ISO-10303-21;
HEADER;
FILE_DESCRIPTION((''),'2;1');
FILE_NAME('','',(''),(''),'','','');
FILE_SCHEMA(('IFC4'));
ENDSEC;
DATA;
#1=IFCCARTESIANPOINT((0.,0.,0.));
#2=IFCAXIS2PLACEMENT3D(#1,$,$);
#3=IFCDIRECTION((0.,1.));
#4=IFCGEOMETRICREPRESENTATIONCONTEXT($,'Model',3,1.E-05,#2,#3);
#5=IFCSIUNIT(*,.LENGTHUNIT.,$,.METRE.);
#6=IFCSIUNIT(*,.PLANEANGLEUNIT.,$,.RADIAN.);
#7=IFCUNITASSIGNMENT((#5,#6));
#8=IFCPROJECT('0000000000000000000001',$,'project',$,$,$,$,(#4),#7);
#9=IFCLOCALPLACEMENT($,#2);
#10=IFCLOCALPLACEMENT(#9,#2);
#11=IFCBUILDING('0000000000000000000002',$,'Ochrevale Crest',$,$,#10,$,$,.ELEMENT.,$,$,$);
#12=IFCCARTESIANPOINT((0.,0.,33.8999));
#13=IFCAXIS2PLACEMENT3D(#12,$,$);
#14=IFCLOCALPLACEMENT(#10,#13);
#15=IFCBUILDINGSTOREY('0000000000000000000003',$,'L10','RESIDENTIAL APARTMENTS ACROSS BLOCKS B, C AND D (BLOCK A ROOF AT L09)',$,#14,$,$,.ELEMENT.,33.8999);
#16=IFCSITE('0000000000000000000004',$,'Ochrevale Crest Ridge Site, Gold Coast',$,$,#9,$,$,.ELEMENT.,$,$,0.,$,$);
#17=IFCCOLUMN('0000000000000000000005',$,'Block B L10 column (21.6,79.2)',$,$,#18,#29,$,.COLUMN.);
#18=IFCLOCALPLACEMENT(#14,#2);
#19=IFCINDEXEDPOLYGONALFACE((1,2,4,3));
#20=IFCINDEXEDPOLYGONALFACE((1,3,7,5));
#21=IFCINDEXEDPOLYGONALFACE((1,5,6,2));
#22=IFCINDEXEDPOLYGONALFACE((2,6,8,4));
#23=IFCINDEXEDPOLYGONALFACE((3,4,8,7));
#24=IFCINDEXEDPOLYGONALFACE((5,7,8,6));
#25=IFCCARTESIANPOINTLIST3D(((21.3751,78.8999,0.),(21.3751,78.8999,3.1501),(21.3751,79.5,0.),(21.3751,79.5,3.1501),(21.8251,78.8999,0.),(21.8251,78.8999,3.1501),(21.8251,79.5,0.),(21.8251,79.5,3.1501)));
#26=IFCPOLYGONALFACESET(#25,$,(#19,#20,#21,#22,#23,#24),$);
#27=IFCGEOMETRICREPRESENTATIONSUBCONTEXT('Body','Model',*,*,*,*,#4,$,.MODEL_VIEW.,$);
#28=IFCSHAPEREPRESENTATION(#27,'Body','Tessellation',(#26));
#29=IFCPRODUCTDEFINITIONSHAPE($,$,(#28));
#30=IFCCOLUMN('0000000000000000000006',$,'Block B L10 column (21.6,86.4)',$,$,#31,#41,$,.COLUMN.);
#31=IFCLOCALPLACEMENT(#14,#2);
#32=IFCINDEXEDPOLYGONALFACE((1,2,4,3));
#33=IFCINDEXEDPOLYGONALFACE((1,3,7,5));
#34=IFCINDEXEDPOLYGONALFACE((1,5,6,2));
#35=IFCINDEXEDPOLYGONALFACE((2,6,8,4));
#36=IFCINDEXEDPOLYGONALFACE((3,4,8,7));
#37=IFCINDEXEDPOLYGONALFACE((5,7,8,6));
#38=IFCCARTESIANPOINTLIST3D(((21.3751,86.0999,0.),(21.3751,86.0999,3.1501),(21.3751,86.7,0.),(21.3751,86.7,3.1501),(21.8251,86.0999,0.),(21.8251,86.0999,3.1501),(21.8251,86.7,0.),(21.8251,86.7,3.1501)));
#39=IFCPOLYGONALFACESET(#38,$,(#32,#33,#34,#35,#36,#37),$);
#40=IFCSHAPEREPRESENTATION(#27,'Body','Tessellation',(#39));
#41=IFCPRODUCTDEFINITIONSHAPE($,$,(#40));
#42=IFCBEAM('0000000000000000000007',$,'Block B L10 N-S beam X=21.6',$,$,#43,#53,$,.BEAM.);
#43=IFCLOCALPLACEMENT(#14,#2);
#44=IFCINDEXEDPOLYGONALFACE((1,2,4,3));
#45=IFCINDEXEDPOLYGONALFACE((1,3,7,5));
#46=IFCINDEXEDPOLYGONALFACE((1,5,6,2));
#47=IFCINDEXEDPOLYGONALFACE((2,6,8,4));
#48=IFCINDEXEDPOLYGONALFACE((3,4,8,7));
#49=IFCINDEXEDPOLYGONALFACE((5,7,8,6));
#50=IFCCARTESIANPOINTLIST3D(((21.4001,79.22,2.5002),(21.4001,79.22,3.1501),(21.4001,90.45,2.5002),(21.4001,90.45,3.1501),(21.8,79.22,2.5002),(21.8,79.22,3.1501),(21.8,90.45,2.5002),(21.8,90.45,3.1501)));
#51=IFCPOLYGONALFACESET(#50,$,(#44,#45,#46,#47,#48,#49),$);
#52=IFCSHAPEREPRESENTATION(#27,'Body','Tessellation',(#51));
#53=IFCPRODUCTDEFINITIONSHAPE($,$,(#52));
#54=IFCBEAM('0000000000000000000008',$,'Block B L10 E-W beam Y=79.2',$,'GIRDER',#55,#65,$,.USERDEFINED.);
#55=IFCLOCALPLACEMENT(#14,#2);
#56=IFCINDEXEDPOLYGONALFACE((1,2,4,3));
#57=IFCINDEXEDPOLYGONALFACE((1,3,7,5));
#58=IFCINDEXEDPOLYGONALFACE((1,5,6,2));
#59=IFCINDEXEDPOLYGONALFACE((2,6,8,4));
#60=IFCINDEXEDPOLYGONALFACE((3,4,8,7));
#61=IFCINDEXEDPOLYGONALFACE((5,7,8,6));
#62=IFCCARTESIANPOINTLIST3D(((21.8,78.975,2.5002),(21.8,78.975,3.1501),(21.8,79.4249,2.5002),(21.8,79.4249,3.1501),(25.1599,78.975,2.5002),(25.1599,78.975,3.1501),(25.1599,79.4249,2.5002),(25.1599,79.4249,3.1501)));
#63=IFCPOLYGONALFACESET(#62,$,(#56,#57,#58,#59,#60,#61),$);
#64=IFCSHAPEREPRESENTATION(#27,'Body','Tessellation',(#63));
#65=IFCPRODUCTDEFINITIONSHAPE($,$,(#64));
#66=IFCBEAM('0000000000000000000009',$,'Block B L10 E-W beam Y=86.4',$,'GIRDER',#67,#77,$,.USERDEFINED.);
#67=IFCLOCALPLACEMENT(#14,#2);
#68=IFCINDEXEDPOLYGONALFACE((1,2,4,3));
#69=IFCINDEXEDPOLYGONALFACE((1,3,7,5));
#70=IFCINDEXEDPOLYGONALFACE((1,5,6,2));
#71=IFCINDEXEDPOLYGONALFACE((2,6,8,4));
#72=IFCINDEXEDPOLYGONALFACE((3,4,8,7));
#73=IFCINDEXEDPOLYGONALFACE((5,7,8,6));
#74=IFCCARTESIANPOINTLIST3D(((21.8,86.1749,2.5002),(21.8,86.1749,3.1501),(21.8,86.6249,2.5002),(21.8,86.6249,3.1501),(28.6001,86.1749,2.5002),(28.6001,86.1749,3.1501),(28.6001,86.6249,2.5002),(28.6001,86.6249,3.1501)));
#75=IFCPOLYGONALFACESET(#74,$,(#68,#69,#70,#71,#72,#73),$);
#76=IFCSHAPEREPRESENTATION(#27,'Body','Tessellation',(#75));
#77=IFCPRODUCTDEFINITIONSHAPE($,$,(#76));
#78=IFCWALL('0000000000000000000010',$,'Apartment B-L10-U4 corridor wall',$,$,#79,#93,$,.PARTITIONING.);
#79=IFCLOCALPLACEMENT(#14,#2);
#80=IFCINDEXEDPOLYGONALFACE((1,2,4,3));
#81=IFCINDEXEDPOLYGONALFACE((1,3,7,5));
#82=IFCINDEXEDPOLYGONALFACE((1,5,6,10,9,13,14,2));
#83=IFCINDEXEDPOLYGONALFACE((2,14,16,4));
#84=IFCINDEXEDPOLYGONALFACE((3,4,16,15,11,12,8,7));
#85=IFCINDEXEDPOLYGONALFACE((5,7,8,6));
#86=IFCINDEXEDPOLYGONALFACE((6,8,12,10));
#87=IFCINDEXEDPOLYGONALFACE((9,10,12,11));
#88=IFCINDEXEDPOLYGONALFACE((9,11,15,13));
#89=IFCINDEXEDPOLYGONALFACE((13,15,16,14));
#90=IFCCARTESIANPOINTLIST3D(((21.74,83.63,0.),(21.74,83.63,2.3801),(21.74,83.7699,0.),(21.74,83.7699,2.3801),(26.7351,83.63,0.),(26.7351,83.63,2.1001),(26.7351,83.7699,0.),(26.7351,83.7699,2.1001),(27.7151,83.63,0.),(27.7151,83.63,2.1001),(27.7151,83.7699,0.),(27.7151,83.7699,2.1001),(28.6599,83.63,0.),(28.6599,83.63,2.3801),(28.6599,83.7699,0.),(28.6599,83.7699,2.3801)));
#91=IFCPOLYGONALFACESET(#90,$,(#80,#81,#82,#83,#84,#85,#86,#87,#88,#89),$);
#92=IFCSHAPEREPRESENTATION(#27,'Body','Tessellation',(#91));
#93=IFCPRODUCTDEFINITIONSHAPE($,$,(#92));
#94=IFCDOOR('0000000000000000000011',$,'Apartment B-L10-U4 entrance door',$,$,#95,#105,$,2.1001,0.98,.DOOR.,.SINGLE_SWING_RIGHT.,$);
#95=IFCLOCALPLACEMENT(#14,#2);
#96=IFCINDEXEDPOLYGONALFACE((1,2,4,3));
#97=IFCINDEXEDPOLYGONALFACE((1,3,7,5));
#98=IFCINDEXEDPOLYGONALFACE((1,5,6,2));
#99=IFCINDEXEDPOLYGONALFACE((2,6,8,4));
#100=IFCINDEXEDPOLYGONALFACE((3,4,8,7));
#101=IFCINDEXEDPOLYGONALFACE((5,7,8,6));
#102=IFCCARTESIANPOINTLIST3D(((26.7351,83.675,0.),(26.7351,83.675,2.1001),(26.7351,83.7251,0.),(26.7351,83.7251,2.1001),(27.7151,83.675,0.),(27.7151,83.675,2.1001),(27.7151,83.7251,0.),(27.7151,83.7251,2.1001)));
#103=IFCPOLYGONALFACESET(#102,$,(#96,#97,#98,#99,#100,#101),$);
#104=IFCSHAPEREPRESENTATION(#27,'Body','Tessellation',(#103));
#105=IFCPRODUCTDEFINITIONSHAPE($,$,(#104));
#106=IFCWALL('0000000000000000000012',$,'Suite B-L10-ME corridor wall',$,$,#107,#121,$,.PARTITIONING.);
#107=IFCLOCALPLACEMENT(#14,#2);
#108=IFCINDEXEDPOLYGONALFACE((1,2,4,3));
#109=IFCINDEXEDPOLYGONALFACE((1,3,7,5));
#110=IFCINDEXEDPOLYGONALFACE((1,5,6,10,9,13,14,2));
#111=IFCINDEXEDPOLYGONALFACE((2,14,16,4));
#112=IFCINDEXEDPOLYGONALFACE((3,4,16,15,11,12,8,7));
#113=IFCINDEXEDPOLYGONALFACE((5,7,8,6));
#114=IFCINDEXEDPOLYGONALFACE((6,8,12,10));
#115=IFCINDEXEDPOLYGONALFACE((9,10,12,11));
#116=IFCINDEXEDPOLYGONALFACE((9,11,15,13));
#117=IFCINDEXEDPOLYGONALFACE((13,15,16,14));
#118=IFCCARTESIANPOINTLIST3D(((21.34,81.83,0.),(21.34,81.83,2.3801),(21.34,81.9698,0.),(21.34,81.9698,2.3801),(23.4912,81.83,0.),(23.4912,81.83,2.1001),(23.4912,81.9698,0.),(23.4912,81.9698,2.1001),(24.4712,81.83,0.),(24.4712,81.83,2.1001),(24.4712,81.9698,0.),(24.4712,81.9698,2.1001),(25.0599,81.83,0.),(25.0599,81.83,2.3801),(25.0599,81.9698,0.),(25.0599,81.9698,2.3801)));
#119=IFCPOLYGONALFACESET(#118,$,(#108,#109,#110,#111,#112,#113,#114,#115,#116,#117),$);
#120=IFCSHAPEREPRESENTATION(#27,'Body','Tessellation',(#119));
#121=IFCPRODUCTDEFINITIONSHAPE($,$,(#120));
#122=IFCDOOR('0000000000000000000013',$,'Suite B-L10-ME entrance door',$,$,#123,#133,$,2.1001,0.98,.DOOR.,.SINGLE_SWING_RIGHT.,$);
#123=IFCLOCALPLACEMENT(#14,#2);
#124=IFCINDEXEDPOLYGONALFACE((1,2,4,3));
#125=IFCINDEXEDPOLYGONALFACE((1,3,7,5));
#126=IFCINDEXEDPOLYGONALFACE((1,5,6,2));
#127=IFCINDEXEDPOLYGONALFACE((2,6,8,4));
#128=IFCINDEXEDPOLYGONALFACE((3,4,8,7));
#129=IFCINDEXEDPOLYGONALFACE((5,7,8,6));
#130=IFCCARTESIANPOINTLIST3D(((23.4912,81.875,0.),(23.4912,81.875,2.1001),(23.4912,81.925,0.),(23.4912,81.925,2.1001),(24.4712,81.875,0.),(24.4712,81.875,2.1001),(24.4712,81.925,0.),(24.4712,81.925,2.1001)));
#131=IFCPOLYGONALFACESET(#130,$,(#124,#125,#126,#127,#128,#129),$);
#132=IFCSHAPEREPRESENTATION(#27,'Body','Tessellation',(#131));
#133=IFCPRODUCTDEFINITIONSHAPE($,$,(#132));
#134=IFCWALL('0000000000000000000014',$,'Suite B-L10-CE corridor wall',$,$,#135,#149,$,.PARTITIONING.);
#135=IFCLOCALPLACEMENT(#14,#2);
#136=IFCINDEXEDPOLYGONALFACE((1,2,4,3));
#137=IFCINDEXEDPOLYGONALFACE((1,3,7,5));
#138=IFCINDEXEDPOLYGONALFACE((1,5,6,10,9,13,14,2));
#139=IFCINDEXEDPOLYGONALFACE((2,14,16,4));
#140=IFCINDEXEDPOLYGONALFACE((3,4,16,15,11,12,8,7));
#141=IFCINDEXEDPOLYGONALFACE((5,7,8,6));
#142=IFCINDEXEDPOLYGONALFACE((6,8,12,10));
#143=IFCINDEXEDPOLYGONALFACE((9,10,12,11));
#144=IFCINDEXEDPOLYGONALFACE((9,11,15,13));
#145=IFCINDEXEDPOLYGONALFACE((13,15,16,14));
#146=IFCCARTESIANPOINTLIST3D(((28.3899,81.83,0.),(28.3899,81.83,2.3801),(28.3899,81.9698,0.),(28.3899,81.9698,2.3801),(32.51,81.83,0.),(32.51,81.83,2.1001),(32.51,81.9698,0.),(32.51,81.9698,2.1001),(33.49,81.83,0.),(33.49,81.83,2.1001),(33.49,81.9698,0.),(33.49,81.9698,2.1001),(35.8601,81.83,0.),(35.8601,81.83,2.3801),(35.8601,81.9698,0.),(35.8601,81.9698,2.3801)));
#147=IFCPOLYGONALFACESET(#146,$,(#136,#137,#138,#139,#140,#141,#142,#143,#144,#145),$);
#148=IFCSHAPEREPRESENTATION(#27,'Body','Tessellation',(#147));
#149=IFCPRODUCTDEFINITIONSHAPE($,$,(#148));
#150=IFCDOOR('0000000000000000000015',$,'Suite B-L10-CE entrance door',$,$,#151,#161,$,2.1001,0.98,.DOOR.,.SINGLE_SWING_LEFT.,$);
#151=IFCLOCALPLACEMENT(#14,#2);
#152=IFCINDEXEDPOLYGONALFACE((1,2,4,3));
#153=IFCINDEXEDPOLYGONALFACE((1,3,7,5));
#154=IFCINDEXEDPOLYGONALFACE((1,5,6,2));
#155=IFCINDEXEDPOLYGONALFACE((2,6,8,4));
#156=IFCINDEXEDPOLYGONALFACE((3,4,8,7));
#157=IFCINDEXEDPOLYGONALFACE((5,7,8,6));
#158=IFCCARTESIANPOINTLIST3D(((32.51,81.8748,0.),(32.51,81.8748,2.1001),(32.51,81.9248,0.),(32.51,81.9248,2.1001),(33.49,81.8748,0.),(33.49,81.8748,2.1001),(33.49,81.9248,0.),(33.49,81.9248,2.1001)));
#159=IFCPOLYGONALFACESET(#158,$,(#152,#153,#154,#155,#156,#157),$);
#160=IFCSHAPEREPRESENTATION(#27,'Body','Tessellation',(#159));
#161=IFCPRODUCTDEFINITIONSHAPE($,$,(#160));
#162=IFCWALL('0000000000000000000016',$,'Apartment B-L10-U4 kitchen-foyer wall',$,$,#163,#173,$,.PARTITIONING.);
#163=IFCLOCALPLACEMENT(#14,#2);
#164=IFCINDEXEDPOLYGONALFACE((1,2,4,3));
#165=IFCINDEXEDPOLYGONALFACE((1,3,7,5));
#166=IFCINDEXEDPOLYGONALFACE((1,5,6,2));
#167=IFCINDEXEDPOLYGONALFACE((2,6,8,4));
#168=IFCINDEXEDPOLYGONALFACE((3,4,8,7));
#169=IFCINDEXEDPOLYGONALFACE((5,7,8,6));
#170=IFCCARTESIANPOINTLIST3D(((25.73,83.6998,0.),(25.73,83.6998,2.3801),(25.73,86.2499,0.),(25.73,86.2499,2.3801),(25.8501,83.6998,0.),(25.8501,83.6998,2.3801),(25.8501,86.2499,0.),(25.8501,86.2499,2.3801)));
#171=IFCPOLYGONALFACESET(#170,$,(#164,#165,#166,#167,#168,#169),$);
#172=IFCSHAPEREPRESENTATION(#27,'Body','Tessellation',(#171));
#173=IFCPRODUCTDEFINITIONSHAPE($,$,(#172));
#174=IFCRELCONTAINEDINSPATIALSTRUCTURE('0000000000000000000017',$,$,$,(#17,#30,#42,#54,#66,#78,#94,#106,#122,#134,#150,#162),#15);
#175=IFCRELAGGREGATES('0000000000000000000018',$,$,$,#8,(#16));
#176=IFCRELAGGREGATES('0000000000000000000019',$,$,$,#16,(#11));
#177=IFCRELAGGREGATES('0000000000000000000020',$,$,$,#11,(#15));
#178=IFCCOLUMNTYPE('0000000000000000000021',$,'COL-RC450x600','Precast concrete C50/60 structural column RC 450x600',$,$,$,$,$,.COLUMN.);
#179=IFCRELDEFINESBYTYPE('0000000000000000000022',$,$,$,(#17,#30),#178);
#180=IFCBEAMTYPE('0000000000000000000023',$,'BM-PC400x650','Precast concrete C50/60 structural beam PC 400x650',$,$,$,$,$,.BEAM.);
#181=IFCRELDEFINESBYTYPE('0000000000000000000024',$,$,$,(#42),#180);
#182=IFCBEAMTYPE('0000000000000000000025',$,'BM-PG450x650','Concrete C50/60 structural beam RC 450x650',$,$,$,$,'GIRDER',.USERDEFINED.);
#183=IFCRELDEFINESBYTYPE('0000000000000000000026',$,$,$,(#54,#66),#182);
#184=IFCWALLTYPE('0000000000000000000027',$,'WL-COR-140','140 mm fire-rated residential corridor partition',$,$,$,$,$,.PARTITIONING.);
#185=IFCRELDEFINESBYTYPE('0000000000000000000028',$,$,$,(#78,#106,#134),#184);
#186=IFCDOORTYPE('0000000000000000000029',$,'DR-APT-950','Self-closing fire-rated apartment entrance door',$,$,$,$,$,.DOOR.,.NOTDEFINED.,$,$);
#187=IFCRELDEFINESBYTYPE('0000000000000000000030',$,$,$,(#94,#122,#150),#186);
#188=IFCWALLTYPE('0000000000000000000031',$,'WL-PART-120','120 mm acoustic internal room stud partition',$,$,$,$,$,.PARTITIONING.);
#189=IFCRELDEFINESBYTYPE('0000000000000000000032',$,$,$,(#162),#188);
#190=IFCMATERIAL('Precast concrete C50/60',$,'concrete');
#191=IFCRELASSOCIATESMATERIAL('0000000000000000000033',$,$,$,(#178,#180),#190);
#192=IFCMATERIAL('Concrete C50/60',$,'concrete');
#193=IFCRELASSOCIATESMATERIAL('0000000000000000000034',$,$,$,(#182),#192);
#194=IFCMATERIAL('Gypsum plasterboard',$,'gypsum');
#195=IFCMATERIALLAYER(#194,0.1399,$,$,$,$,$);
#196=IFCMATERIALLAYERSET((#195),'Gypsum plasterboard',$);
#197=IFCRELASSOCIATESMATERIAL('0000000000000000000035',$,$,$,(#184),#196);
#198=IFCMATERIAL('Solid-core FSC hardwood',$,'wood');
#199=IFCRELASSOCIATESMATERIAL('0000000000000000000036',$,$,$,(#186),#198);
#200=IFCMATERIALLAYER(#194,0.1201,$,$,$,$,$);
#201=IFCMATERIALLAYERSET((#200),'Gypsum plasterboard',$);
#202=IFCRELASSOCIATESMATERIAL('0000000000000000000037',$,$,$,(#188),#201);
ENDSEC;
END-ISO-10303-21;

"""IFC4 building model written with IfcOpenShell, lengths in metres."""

from ifc_helpers import new_model, si_unit, direction, frame, frame_2d, origin, origin_2d, place, context, subcontext, project, spatial, rectangle, extrude, material, layer, layer_set, material_profile, profile_set, type_object, element, fill, save


model = new_model("IFC4")

# Units and contexts
model_context = context("Model", 3, precision=1e-05, world=origin(), true_north=direction((0.0, 1.0)))
body_context = subcontext(model_context, "Body", "Model", "MODEL_VIEW")
ifc_project = project(units=[si_unit("LENGTHUNIT", "METRE"), si_unit("PLANEANGLEUNIT", "RADIAN")], contexts=[model_context])

# Site, building, storey
site_placement = place(None, origin())
site = spatial("IfcSite", under=ifc_project, at=site_placement, Name="Ochrevale Crest Ridge Site, Gold Coast", CompositionType="ELEMENT", RefElevation=0.0)
building_placement = place(site_placement, origin())
building = spatial("IfcBuilding", under=site, at=building_placement, Name="Ochrevale Crest", CompositionType="ELEMENT")
storey_placement = place(building_placement, frame((0.0, 0.0, 33.8999)))
storey = spatial("IfcBuildingStorey", under=building, at=storey_placement, Name="L10", Description="RESIDENTIAL APARTMENTS ACROSS BLOCKS B, C AND D (BLOCK A ROOF AT L09)", CompositionType="ELEMENT", Elevation=33.8999)

# Columns
ifc_material_1 = material(Name="Precast concrete C50/60", Category="concrete")
ifc_material_profile_1 = material_profile(ifc_material_1, rectangle(XDim=0.45, YDim=0.6001, at=origin_2d()), Name="RC 450x600")
ifc_profile_set_1 = profile_set([ifc_material_profile_1], Name="Precast concrete C50/60")
column_type = type_object("IfcColumnType", Name="COL-RC450x600", Description="Precast concrete C50/60 structural column RC 450x600", PredefinedType="COLUMN", material=ifc_profile_set_1)
for number, where, z_axis, x_axis, name in (
    (1, (21.6001, 79.2, 0.0), (0.0, 0.0, 1.0), (1.0, 0.0, 0.0), "Block B L10 column (21.6,79.2)"),
    (2, (21.6001, 86.3999, 0.0), (0.0, 0.0, 1.0), (1.0, 0.0, 0.0), "Block B L10 column (21.6,86.4)"),
):
    element("IfcColumn", number, at=place(storey_placement, frame(where, z_axis=z_axis, x_axis=x_axis)), inside=storey, type_object=column_type, Name=name, PredefinedType="COLUMN", context=body_context, shape_type="SweptSolid", body=[
        extrude(rectangle(XDim=0.45, YDim=0.6001, at=origin_2d()), origin(), (0.0, 0.0, 1.0), 3.1501),
    ])

# Beams
ifc_material_profile_2 = material_profile(ifc_material_1, rectangle(XDim=0.3999, YDim=0.6499, at=origin_2d()), Name="PC 400x650")
ifc_profile_set_2 = profile_set([ifc_material_profile_2], Name="Precast concrete C50/60")
beam_type_1 = type_object("IfcBeamType", Name="BM-PC400x650", Description="Precast concrete C50/60 structural beam PC 400x650", PredefinedType="BEAM", material=ifc_profile_set_2)
beam_1_placement = place(storey_placement, frame((21.6001, 79.22, 2.8252), z_axis=(0.0, 1.0, 0.0), x_axis=(-1.0, 0.0, 0.0)))
element("IfcBeam", 3, at=beam_1_placement, inside=storey, type_object=beam_type_1, Name="Block B L10 N-S beam X=21.6", PredefinedType="BEAM", context=body_context, shape_type="SweptSolid", body=[
    extrude(rectangle(XDim=0.3999, YDim=0.6499, at=origin_2d()), origin(), (0.0, 0.0, 1.0), 11.23),
])
ifc_material_2 = material(Name="Concrete C50/60", Category="concrete")
ifc_material_profile_3 = material_profile(ifc_material_2, rectangle(XDim=0.45, YDim=0.6499, at=origin_2d()), Name="RC 450x650")
ifc_profile_set_3 = profile_set([ifc_material_profile_3], Name="Concrete C50/60")
beam_type_2 = type_object("IfcBeamType", Name="BM-PG450x650", Description="Concrete C50/60 structural beam RC 450x650", ElementType="GIRDER", PredefinedType="USERDEFINED", material=ifc_profile_set_3)
beam_2_placement = place(storey_placement, frame((21.8, 79.2, 2.8252), z_axis=(1.0, 0.0, 0.0), x_axis=(0.0, 1.0, 0.0)))
element("IfcBeam", 4, at=beam_2_placement, inside=storey, type_object=beam_type_2, Name="Block B L10 E-W beam Y=79.2", ObjectType="GIRDER", PredefinedType="USERDEFINED", context=body_context, shape_type="SweptSolid", body=[
    extrude(rectangle(XDim=0.45, YDim=0.6499, at=origin_2d()), origin(), (0.0, 0.0, 1.0), 3.3599),
])
beam_3_placement = place(storey_placement, frame((21.8, 86.3999, 2.8252), z_axis=(1.0, 0.0, 0.0), x_axis=(0.0, 1.0, 0.0)))
element("IfcBeam", 5, at=beam_3_placement, inside=storey, type_object=beam_type_2, Name="Block B L10 E-W beam Y=86.4", ObjectType="GIRDER", PredefinedType="USERDEFINED", context=body_context, shape_type="SweptSolid", body=[
    extrude(rectangle(XDim=0.45, YDim=0.6499, at=origin_2d()), origin(), (0.0, 0.0, 1.0), 6.8),
])

# Walls, openings, doors
ifc_material_3 = material(Name="Gypsum plasterboard", Category="gypsum")
ifc_layer_1 = layer(ifc_material_3, 0.1399)
ifc_layer_set_1 = layer_set([ifc_layer_1], Name="Gypsum plasterboard")
wall_type_1 = type_object("IfcWallType", Name="WL-COR-140", Description="140 mm fire-rated residential corridor partition", PredefinedType="PARTITIONING", material=ifc_layer_set_1)
wall_1_placement = place(storey_placement, frame((21.74, 83.7, 0.0), z_axis=(0.0, 0.0, 1.0), x_axis=(1.0, 0.0, 0.0)))
wall_1 = element("IfcWall", 6, at=wall_1_placement, inside=storey, type_object=wall_type_1, Name="Apartment B-L10-U4 corridor wall", PredefinedType="PARTITIONING", context=body_context, shape_type="SweptSolid", body=[
    extrude(rectangle(XDim=6.9199, YDim=0.1399, at=frame_2d((3.46, 0.0))), origin(), (0.0, 0.0, 1.0), 2.3801),
])
opening_1_placement = place(wall_1_placement, frame((5.9751, 0.0, 0.0), z_axis=(0.0, 0.0, 1.0), x_axis=(-1.0, 0.0, 0.0)))
opening_1 = element("IfcOpeningElement", 7, at=opening_1_placement, cuts=wall_1, PredefinedType="OPENING", context=body_context, shape_type="SweptSolid", body=[
    extrude(rectangle(XDim=0.98, YDim=2.1001, at=frame_2d((0.49, 1.05))), frame((0.0, 0.0801, 0.0), z_axis=(0.0, -1.0, 0.0), x_axis=(1.0, 0.0, 0.0)), (0.0, 0.0, 1.0), 0.1599),
])
ifc_material_4 = material(Name="Solid-core FSC hardwood", Category="wood")
door_type_1 = type_object("IfcDoorType", Name="DR-APT-950", Description="Self-closing fire-rated apartment entrance door", OperationType="NOTDEFINED", PredefinedType="DOOR", material=ifc_material_4)
door_1_placement = place(opening_1_placement, origin())
door_1 = element("IfcDoor", 8, at=door_1_placement, inside=storey, type_object=door_type_1, Name="Apartment B-L10-U4 entrance door", OperationType="SINGLE_SWING_RIGHT", OverallHeight=2.1001, OverallWidth=0.98, PredefinedType="DOOR", context=body_context, shape_type="SweptSolid", body=[
    extrude(rectangle(XDim=0.98, YDim=2.1001, at=frame_2d((0.49, 1.05))), frame((0.0, 0.0249, 0.0), z_axis=(0.0, -1.0, 0.0), x_axis=(1.0, 0.0, 0.0)), (0.0, 0.0, 1.0), 0.05),
])
fill(opening_1, door_1)
wall_2_placement = place(storey_placement, frame((21.3401, 81.8999, 0.0), z_axis=(0.0, 0.0, 1.0), x_axis=(1.0, 0.0, 0.0)))
wall_2 = element("IfcWall", 9, at=wall_2_placement, inside=storey, type_object=wall_type_1, Name="Suite B-L10-ME corridor wall", PredefinedType="PARTITIONING", context=body_context, shape_type="SweptSolid", body=[
    extrude(rectangle(XDim=3.72, YDim=0.1399, at=frame_2d((1.8599, 0.0))), origin(), (0.0, 0.0, 1.0), 2.3801),
])
opening_2_placement = place(wall_2_placement, frame((3.1311, 0.0, 0.0), z_axis=(0.0, 0.0, 1.0), x_axis=(-1.0, 0.0, 0.0)))
opening_2 = element("IfcOpeningElement", 10, at=opening_2_placement, cuts=wall_2, PredefinedType="OPENING", context=body_context, shape_type="SweptSolid", body=[
    extrude(rectangle(XDim=0.98, YDim=2.1001, at=frame_2d((0.49, 1.05))), frame((0.0, 0.0801, 0.0), z_axis=(0.0, -1.0, 0.0), x_axis=(1.0, 0.0, 0.0)), (0.0, 0.0, 1.0), 0.1599),
])
door_2_placement = place(opening_2_placement, origin())
door_2 = element("IfcDoor", 11, at=door_2_placement, inside=storey, type_object=door_type_1, Name="Suite B-L10-ME entrance door", OperationType="SINGLE_SWING_RIGHT", OverallHeight=2.1001, OverallWidth=0.98, PredefinedType="DOOR", context=body_context, shape_type="SweptSolid", body=[
    extrude(rectangle(XDim=0.98, YDim=2.1001, at=frame_2d((0.49, 1.05))), frame((0.0, 0.0249, 0.0), z_axis=(0.0, -1.0, 0.0), x_axis=(1.0, 0.0, 0.0)), (0.0, 0.0, 1.0), 0.05),
])
fill(opening_2, door_2)
wall_3_placement = place(storey_placement, frame((28.3899, 81.8999, 0.0), z_axis=(0.0, 0.0, 1.0), x_axis=(1.0, 0.0, 0.0)))
wall_3 = element("IfcWall", 12, at=wall_3_placement, inside=storey, type_object=wall_type_1, Name="Suite B-L10-CE corridor wall", PredefinedType="PARTITIONING", context=body_context, shape_type="SweptSolid", body=[
    extrude(rectangle(XDim=7.4702, YDim=0.1399, at=frame_2d((3.7351, 0.0))), origin(), (0.0, 0.0, 1.0), 2.3801),
])
opening_3_placement = place(wall_3_placement, frame((4.1201, 0.0, 0.0)))
opening_3 = element("IfcOpeningElement", 13, at=opening_3_placement, cuts=wall_3, PredefinedType="OPENING", context=body_context, shape_type="SweptSolid", body=[
    extrude(rectangle(XDim=0.98, YDim=2.1001, at=frame_2d((0.49, 1.05))), frame((0.0, 0.0801, 0.0), z_axis=(0.0, -1.0, 0.0), x_axis=(1.0, 0.0, 0.0)), (0.0, 0.0, 1.0), 0.1599),
])
door_3_placement = place(opening_3_placement, origin())
door_3 = element("IfcDoor", 14, at=door_3_placement, inside=storey, type_object=door_type_1, Name="Suite B-L10-CE entrance door", OperationType="SINGLE_SWING_LEFT", OverallHeight=2.1001, OverallWidth=0.98, PredefinedType="DOOR", context=body_context, shape_type="SweptSolid", body=[
    extrude(rectangle(XDim=0.98, YDim=2.1001, at=frame_2d((0.49, 1.05))), frame((0.0, 0.0249, 0.0), z_axis=(0.0, -1.0, 0.0), x_axis=(1.0, 0.0, 0.0)), (0.0, 0.0, 1.0), 0.05),
])
fill(opening_3, door_3)

# Wall
ifc_layer_2 = layer(ifc_material_3, 0.1201)
ifc_layer_set_2 = layer_set([ifc_layer_2], Name="Gypsum plasterboard")
wall_type_2 = type_object("IfcWallType", Name="WL-PART-120", Description="120 mm acoustic internal room stud partition", PredefinedType="PARTITIONING", material=ifc_layer_set_2)
wall_4_placement = place(storey_placement, frame((25.79, 83.7, 0.0), z_axis=(0.0, 0.0, 1.0), x_axis=(0.0, 1.0, 0.0)))
element("IfcWall", 15, at=wall_4_placement, inside=storey, type_object=wall_type_2, Name="Apartment B-L10-U4 kitchen-foyer wall", PredefinedType="PARTITIONING", context=body_context, shape_type="SweptSolid", body=[
    extrude(rectangle(XDim=2.55, YDim=0.1201, at=frame_2d((1.2749, 0.0))), origin(), (0.0, 0.0, 1.0), 2.3801),
])

save(model, "model.ifc")
